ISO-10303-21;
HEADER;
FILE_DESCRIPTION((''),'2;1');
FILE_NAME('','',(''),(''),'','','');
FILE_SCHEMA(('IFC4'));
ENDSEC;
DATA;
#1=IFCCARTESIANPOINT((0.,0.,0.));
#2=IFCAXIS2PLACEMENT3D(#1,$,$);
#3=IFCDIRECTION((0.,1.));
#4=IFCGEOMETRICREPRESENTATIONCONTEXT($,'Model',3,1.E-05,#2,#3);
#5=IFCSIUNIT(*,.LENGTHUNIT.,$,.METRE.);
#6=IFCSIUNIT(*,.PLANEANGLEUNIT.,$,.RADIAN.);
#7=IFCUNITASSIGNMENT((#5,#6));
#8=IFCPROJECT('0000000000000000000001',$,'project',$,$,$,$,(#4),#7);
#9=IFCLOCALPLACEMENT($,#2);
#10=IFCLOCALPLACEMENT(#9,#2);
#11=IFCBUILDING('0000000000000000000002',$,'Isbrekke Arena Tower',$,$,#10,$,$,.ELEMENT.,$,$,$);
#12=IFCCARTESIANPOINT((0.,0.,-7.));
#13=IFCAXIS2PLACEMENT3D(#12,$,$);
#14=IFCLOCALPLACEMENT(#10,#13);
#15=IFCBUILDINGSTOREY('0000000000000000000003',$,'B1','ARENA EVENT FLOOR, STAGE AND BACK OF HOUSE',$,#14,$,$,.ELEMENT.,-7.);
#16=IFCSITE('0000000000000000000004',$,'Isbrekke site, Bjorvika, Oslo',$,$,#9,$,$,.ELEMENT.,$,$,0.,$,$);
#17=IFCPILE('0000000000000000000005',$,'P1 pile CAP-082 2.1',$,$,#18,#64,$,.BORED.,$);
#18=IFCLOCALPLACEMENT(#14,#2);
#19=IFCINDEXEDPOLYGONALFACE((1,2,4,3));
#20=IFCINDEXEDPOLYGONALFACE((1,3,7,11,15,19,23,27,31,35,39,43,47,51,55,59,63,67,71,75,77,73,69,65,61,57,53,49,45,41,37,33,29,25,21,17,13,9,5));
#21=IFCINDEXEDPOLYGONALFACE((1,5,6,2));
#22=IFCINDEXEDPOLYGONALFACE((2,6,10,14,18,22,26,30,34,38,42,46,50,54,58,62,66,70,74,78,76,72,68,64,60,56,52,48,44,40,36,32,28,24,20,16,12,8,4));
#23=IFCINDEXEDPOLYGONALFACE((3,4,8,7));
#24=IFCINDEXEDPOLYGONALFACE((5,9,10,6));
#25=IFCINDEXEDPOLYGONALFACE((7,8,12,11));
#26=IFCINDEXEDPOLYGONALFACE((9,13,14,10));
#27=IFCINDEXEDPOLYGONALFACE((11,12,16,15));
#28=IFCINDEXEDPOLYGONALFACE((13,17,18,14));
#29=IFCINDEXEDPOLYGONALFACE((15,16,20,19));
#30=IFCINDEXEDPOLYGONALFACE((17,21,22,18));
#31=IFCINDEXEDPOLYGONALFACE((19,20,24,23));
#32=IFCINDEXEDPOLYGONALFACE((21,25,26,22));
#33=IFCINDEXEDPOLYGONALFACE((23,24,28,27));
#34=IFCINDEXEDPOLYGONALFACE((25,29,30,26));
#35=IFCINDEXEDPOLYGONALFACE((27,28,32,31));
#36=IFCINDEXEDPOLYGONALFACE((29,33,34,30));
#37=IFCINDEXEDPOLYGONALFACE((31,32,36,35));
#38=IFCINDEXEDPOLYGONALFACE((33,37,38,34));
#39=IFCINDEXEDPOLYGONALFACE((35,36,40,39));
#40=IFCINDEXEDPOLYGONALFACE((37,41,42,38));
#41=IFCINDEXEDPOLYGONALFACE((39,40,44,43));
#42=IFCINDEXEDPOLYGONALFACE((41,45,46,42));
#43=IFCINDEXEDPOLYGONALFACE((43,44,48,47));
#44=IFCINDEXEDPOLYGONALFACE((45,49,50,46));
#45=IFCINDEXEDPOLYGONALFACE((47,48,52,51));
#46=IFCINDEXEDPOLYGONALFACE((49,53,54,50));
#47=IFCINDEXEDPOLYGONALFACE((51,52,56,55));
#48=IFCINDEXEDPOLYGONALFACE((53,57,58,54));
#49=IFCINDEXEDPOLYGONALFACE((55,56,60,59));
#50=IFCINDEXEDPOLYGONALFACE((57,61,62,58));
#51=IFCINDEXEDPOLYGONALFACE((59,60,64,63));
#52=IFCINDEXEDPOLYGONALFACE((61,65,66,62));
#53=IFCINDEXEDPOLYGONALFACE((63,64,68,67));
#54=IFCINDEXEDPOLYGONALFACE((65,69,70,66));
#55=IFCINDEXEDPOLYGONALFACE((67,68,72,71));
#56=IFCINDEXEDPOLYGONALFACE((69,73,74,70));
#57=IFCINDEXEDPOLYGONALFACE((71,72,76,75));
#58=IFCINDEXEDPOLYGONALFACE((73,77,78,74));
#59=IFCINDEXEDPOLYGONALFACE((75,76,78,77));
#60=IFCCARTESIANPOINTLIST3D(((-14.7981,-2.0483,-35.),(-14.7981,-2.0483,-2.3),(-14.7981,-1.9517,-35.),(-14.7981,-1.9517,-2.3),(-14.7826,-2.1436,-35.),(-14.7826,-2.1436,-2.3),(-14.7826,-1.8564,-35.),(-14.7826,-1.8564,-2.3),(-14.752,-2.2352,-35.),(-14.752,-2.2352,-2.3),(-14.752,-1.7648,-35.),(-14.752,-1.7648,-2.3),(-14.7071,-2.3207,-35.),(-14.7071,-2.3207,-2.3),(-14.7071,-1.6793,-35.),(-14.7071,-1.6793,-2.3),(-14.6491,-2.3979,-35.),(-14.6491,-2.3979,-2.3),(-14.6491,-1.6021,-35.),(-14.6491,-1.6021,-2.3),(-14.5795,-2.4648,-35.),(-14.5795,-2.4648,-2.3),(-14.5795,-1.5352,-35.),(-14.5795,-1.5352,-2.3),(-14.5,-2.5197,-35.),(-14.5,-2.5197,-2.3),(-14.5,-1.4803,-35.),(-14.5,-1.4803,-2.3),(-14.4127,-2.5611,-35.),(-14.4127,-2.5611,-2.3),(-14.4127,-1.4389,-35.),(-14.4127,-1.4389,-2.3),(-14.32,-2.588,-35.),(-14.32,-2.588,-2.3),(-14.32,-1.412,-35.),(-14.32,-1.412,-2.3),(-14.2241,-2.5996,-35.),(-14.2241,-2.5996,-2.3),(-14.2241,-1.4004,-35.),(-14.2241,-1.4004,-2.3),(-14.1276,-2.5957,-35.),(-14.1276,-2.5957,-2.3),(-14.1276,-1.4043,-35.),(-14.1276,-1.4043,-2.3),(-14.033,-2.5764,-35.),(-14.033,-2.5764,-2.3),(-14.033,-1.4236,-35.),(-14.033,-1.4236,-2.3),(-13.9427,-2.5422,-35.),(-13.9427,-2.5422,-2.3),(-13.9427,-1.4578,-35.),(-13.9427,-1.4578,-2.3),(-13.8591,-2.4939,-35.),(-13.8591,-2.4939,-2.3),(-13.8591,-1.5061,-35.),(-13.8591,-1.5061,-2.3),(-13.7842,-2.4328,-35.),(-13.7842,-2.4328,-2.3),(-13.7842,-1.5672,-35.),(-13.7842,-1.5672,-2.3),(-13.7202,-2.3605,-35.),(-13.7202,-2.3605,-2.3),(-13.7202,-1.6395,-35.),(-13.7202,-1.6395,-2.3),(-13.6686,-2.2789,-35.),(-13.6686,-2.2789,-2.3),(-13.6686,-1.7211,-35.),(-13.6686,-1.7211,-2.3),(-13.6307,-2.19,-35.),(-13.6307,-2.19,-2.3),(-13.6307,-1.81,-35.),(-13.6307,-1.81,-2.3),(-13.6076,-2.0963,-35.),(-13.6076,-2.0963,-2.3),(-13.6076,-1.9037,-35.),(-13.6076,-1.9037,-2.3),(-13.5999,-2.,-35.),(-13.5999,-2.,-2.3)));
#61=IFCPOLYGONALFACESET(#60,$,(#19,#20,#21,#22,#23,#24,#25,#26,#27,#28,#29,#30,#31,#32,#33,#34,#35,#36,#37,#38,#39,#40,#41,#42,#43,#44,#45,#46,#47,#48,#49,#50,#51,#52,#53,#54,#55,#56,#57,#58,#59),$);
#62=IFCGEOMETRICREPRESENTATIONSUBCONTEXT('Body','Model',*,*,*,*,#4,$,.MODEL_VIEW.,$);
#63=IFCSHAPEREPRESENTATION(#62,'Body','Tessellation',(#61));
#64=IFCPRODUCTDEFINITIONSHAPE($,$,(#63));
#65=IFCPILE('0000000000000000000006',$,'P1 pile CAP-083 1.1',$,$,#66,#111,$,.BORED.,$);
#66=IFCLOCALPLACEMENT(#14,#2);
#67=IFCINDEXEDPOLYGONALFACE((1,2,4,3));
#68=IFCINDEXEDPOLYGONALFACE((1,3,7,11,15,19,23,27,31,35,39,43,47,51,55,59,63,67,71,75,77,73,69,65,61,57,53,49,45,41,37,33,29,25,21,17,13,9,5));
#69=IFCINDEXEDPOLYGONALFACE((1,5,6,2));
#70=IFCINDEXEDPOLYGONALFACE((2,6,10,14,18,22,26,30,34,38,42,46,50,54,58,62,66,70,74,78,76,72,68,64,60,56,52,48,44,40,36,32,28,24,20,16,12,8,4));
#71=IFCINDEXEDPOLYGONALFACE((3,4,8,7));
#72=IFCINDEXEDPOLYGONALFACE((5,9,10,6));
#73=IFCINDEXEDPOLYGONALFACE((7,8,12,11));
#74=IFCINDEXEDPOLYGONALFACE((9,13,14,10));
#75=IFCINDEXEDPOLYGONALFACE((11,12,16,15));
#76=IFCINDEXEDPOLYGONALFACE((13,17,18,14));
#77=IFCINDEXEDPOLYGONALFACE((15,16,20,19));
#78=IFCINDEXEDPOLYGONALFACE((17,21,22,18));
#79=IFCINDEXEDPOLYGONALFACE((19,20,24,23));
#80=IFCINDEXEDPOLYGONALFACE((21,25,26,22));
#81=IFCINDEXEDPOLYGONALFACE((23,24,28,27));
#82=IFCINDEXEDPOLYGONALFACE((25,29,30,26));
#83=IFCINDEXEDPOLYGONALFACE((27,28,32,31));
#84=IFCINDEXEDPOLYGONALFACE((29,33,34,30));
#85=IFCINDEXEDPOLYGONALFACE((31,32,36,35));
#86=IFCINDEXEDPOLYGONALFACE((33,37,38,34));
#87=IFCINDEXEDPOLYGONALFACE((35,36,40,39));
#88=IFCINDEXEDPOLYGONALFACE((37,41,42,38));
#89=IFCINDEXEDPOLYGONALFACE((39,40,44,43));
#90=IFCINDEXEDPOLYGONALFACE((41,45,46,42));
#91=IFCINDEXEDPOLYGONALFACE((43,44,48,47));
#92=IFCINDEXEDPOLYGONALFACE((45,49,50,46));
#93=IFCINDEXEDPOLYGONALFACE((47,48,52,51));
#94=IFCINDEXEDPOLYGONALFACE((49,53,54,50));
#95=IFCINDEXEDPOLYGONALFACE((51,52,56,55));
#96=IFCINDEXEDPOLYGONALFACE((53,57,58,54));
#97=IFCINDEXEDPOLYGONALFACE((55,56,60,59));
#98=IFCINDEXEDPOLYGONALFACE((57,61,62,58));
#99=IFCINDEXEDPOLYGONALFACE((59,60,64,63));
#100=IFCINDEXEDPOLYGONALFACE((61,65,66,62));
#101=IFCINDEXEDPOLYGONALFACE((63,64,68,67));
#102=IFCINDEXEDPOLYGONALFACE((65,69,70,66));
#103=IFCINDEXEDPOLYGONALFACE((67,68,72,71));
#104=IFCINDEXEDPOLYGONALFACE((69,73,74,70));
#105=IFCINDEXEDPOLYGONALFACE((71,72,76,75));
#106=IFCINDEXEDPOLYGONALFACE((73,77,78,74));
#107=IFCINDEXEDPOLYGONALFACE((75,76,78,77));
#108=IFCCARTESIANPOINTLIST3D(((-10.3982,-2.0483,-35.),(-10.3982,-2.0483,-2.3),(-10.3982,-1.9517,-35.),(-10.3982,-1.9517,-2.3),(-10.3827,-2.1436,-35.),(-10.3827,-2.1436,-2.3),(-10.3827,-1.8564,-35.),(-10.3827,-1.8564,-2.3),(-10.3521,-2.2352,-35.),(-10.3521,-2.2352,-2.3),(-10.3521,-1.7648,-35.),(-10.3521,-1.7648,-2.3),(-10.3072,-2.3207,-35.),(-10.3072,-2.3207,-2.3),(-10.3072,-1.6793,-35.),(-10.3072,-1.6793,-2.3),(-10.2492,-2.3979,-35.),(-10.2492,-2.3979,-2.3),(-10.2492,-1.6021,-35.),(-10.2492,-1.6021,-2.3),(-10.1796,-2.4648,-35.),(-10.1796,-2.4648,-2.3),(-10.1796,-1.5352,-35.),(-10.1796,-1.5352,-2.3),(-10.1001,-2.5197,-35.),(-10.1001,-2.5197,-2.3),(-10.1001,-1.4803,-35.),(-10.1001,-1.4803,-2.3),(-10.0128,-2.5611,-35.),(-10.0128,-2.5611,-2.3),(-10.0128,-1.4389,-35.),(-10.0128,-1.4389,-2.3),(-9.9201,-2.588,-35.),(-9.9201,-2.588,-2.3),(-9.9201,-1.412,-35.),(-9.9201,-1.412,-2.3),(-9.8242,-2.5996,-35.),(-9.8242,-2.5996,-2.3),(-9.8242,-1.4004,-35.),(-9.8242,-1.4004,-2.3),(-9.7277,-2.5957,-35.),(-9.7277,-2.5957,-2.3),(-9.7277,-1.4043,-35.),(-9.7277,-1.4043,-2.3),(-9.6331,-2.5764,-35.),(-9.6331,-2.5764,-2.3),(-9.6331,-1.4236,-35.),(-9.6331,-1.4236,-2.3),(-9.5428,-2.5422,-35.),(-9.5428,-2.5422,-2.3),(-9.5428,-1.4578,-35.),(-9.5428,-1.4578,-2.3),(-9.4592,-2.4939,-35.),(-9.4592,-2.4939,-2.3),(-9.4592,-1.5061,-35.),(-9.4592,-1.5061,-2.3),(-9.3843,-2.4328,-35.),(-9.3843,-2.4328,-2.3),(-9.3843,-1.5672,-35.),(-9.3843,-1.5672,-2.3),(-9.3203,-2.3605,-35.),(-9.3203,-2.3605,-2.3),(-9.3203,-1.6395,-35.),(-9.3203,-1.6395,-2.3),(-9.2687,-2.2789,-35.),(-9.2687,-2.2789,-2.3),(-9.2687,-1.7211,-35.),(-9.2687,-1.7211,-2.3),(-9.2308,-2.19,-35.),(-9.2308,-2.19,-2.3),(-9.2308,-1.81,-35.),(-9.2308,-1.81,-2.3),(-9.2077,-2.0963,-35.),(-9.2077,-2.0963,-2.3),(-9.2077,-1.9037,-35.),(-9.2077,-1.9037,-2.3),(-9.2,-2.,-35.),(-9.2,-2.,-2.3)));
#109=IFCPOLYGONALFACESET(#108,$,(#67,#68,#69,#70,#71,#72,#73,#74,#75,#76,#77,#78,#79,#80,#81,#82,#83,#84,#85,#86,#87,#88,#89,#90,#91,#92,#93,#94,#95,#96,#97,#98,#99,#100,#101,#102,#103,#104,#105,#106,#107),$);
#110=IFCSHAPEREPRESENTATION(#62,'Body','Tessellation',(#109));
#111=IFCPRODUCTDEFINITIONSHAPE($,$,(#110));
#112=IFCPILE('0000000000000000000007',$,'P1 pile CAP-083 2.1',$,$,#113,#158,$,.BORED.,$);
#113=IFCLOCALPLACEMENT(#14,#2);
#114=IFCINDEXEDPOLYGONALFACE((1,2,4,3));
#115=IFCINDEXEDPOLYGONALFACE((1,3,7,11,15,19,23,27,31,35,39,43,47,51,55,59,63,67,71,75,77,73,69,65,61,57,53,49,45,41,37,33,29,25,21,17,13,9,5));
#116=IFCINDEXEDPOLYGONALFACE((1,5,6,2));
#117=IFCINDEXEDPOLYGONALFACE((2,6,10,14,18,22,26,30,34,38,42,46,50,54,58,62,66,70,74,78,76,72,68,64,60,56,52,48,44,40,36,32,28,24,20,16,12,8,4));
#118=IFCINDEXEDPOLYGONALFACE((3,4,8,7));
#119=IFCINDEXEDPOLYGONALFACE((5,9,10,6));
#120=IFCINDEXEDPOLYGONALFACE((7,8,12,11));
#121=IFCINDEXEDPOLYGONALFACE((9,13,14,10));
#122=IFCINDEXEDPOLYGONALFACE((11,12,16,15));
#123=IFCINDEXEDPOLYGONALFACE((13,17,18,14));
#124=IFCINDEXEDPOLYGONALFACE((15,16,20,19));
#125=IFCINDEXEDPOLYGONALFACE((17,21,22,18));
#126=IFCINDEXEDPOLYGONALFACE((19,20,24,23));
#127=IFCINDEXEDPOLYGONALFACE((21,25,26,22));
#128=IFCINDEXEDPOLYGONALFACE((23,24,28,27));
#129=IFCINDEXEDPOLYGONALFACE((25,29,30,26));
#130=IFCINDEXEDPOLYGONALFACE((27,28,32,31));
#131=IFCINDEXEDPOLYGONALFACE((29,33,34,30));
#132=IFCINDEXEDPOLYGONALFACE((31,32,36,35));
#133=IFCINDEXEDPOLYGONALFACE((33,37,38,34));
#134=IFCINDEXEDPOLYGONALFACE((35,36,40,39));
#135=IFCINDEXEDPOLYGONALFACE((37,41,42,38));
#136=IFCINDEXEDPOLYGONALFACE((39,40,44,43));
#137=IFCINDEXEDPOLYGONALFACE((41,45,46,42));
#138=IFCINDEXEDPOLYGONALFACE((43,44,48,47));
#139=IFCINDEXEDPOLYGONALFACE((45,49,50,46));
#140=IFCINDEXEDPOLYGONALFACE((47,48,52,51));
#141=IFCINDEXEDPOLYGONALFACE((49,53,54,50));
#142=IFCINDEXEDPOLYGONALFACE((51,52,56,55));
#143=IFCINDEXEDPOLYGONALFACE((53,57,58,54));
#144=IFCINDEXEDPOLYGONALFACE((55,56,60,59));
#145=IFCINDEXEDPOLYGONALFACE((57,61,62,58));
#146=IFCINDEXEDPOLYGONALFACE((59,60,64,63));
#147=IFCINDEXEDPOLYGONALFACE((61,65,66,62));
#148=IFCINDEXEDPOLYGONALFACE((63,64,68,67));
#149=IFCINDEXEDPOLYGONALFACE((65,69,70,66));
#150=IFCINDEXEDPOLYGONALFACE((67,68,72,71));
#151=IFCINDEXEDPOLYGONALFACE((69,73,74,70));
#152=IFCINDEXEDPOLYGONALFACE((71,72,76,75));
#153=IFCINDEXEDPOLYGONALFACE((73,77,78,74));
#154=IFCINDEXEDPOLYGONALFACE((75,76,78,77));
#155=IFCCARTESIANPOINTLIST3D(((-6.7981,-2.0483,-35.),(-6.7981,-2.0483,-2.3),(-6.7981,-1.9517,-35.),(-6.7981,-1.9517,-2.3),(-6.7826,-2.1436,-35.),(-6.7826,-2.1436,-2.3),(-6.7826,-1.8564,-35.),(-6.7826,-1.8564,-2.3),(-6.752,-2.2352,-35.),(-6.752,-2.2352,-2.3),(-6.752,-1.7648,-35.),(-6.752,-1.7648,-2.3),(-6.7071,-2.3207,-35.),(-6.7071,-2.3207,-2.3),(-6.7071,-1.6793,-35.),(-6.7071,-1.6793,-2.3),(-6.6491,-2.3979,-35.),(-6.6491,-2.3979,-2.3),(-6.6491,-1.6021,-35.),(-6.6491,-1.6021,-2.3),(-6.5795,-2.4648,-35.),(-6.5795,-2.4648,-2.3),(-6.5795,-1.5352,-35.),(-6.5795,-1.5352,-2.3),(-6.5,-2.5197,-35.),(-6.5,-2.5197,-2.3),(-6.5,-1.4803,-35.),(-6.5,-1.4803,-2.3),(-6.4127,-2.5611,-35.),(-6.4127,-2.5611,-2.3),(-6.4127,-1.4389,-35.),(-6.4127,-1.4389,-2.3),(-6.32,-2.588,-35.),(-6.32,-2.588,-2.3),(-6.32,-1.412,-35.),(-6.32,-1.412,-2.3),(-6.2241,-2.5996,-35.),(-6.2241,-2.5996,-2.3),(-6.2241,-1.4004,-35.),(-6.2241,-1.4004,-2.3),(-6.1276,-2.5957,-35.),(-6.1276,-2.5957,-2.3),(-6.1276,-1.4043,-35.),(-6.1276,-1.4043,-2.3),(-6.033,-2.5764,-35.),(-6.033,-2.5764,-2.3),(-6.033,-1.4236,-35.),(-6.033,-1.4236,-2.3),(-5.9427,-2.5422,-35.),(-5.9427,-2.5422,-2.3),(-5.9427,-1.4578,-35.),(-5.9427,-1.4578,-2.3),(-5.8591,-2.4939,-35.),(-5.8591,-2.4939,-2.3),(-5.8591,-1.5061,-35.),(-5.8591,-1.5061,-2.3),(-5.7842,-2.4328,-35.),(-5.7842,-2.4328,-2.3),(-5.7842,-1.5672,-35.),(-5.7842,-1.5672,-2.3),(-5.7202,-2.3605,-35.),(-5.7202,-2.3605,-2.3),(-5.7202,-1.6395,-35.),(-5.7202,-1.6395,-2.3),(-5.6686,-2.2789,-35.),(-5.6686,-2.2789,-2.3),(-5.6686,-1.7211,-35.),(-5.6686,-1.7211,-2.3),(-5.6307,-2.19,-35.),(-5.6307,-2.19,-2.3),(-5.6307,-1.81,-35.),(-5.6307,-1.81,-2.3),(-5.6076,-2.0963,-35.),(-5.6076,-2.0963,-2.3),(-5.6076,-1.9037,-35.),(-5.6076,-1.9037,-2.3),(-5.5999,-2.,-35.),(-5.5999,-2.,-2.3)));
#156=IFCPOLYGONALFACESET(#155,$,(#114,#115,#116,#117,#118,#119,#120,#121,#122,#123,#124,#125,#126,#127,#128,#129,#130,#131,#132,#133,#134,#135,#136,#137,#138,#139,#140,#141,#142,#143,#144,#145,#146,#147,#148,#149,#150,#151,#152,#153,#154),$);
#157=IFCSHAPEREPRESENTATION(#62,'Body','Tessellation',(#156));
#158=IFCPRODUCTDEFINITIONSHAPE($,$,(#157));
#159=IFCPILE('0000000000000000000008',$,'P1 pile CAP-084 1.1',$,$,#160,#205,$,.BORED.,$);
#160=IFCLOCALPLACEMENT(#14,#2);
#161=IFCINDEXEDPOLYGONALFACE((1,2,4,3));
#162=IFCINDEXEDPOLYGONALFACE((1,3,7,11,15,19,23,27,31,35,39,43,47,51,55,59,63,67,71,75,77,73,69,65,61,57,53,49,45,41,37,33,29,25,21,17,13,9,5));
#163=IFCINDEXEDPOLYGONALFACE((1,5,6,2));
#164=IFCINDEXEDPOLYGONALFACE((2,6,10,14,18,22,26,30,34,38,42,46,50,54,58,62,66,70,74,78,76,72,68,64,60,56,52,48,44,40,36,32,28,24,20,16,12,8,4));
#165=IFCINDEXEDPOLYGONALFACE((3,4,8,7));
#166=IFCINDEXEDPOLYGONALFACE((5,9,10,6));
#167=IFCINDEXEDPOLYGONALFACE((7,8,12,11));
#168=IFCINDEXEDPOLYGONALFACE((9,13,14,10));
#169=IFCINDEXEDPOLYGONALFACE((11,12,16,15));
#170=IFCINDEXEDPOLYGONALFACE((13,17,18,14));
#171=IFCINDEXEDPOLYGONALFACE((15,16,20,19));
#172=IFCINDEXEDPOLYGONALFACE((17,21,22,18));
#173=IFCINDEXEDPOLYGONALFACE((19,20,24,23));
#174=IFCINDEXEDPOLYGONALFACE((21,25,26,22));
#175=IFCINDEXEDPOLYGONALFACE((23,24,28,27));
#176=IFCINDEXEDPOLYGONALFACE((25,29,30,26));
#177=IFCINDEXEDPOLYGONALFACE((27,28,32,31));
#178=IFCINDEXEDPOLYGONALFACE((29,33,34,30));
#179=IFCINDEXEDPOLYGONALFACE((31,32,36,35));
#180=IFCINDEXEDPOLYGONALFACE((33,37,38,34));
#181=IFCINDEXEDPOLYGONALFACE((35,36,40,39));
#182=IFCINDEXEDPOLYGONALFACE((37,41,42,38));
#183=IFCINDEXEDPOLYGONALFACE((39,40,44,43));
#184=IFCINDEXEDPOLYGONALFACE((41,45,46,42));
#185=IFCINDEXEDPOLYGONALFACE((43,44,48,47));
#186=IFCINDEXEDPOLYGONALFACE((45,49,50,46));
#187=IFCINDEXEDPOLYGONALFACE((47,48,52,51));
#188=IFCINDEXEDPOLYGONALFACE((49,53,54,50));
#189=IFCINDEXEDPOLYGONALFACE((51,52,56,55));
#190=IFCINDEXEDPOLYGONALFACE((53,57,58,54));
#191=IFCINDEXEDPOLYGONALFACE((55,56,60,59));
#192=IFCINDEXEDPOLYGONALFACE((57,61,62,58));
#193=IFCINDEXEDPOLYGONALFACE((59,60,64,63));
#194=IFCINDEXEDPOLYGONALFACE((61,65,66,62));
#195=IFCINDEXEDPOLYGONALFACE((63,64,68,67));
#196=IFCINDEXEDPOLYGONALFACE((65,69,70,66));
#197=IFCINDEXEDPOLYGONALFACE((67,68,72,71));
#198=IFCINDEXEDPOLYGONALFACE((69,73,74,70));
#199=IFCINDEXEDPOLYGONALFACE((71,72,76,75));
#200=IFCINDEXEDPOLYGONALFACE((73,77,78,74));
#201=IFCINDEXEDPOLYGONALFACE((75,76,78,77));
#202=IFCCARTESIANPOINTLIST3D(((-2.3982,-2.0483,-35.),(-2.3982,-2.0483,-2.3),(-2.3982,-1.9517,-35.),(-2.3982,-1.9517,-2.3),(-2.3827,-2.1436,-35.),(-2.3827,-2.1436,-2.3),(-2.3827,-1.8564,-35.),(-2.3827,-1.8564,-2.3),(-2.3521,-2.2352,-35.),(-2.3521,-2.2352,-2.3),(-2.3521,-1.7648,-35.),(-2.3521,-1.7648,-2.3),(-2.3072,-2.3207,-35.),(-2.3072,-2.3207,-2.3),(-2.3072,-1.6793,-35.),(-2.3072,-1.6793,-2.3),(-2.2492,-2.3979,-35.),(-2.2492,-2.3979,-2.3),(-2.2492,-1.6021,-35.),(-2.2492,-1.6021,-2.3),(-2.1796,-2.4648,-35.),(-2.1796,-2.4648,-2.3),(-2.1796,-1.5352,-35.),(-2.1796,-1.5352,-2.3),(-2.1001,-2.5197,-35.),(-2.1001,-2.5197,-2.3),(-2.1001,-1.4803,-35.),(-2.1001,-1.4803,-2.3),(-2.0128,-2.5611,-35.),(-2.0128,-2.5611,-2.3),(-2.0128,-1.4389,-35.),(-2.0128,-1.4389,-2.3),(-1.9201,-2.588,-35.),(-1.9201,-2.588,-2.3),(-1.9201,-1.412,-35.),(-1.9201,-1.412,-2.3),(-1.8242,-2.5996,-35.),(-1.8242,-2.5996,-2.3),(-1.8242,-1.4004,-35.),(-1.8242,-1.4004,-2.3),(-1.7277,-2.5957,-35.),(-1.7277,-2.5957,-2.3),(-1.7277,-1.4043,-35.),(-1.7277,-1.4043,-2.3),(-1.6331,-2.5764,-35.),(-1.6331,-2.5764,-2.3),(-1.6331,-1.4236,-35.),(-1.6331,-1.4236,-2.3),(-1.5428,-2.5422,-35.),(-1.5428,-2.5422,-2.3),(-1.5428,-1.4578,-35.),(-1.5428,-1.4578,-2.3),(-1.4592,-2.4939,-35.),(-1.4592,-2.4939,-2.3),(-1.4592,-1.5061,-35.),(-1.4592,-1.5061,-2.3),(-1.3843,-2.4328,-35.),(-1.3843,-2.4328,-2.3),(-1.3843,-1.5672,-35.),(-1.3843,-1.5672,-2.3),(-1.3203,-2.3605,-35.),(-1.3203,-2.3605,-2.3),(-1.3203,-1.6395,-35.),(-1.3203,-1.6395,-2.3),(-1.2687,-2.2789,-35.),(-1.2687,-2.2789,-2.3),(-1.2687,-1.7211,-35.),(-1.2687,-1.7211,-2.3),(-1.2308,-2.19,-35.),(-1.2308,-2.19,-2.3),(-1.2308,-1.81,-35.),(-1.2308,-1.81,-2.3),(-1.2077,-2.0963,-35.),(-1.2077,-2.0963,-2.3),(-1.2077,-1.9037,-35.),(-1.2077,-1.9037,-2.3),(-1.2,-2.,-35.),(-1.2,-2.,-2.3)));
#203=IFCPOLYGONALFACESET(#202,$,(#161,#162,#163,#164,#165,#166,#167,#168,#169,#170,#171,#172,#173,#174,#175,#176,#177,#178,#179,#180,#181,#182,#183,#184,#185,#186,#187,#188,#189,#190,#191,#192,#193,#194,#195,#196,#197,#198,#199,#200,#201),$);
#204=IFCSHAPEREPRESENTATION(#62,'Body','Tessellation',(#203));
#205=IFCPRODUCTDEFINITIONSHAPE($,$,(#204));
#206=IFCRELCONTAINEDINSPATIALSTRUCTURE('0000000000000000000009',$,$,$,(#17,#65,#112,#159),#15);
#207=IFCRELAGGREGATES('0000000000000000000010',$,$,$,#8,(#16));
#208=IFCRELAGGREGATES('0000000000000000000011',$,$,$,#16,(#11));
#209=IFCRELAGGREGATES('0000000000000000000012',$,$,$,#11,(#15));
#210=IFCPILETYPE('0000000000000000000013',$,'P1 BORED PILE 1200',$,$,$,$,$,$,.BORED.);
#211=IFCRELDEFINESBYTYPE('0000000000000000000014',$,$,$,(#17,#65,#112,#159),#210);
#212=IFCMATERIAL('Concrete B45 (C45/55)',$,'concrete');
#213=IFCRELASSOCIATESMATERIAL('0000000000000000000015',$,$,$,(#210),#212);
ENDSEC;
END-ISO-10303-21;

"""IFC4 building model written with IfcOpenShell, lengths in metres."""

from ifc_helpers import new_model, si_unit, direction, frame, origin, origin_2d, place, context, subcontext, project, spatial, circle, extrude, material, material_profile, profile_set, type_object, element, save


model = new_model("IFC4")

# Units and contexts
model_context = context("Model", 3, precision=1e-05, world=origin(), true_north=direction((0.0, 1.0)))
body_context = subcontext(model_context, "Body", "Model", "MODEL_VIEW")
ifc_project = project(units=[si_unit("LENGTHUNIT", "METRE"), si_unit("PLANEANGLEUNIT", "RADIAN")], contexts=[model_context])

# Site, building, storey
site_placement = place(None, origin())
site = spatial("IfcSite", under=ifc_project, at=site_placement, Name="Isbrekke site, Bjorvika, Oslo", CompositionType="ELEMENT", RefElevation=0.0)
building_placement = place(site_placement, origin())
building = spatial("IfcBuilding", under=site, at=building_placement, Name="Isbrekke Arena Tower", CompositionType="ELEMENT")
storey_placement = place(building_placement, frame((0.0, 0.0, -7.0)))
storey = spatial("IfcBuildingStorey", under=building, at=storey_placement, Name="B1", Description="ARENA EVENT FLOOR, STAGE AND BACK OF HOUSE", CompositionType="ELEMENT", Elevation=-7.0)

# Piles
ifc_material_1 = material(Name="Concrete B45 (C45/55)", Category="concrete")
ifc_material_profile_1 = material_profile(ifc_material_1, circle(Radius=0.6001, at=origin_2d()), Name="BORED PILE D1200")
ifc_profile_set_1 = profile_set([ifc_material_profile_1], Name="Concrete B45 (C45/55)")
pile_type = type_object("IfcPileType", Name="P1 BORED PILE 1200", PredefinedType="BORED", material=ifc_profile_set_1)
for number, where, z_axis, x_axis, name in (
    (1, (-14.2, -2.0, -2.3), (0.0, 0.0, -1.0), (1.0, 0.0, 0.0), "P1 pile CAP-082 2.1"),
    (2, (-9.8, -2.0, -2.3), (0.0, 0.0, -1.0), (1.0, 0.0, 0.0), "P1 pile CAP-083 1.1"),
    (3, (-6.2, -2.0, -2.3), (0.0, 0.0, -1.0), (1.0, 0.0, 0.0), "P1 pile CAP-083 2.1"),
    (4, (-1.8, -2.0, -2.3), (0.0, 0.0, -1.0), (1.0, 0.0, 0.0), "P1 pile CAP-084 1.1"),
):
    element("IfcPile", number, at=place(storey_placement, frame(where, z_axis=z_axis, x_axis=x_axis)), inside=storey, type_object=pile_type, Name=name, PredefinedType="BORED", context=body_context, shape_type="SweptSolid", body=[
        extrude(circle(Radius=0.6001, at=origin_2d()), origin(), (0.0, 0.0, 1.0), 32.7),
    ])

save(model, "model.ifc")
